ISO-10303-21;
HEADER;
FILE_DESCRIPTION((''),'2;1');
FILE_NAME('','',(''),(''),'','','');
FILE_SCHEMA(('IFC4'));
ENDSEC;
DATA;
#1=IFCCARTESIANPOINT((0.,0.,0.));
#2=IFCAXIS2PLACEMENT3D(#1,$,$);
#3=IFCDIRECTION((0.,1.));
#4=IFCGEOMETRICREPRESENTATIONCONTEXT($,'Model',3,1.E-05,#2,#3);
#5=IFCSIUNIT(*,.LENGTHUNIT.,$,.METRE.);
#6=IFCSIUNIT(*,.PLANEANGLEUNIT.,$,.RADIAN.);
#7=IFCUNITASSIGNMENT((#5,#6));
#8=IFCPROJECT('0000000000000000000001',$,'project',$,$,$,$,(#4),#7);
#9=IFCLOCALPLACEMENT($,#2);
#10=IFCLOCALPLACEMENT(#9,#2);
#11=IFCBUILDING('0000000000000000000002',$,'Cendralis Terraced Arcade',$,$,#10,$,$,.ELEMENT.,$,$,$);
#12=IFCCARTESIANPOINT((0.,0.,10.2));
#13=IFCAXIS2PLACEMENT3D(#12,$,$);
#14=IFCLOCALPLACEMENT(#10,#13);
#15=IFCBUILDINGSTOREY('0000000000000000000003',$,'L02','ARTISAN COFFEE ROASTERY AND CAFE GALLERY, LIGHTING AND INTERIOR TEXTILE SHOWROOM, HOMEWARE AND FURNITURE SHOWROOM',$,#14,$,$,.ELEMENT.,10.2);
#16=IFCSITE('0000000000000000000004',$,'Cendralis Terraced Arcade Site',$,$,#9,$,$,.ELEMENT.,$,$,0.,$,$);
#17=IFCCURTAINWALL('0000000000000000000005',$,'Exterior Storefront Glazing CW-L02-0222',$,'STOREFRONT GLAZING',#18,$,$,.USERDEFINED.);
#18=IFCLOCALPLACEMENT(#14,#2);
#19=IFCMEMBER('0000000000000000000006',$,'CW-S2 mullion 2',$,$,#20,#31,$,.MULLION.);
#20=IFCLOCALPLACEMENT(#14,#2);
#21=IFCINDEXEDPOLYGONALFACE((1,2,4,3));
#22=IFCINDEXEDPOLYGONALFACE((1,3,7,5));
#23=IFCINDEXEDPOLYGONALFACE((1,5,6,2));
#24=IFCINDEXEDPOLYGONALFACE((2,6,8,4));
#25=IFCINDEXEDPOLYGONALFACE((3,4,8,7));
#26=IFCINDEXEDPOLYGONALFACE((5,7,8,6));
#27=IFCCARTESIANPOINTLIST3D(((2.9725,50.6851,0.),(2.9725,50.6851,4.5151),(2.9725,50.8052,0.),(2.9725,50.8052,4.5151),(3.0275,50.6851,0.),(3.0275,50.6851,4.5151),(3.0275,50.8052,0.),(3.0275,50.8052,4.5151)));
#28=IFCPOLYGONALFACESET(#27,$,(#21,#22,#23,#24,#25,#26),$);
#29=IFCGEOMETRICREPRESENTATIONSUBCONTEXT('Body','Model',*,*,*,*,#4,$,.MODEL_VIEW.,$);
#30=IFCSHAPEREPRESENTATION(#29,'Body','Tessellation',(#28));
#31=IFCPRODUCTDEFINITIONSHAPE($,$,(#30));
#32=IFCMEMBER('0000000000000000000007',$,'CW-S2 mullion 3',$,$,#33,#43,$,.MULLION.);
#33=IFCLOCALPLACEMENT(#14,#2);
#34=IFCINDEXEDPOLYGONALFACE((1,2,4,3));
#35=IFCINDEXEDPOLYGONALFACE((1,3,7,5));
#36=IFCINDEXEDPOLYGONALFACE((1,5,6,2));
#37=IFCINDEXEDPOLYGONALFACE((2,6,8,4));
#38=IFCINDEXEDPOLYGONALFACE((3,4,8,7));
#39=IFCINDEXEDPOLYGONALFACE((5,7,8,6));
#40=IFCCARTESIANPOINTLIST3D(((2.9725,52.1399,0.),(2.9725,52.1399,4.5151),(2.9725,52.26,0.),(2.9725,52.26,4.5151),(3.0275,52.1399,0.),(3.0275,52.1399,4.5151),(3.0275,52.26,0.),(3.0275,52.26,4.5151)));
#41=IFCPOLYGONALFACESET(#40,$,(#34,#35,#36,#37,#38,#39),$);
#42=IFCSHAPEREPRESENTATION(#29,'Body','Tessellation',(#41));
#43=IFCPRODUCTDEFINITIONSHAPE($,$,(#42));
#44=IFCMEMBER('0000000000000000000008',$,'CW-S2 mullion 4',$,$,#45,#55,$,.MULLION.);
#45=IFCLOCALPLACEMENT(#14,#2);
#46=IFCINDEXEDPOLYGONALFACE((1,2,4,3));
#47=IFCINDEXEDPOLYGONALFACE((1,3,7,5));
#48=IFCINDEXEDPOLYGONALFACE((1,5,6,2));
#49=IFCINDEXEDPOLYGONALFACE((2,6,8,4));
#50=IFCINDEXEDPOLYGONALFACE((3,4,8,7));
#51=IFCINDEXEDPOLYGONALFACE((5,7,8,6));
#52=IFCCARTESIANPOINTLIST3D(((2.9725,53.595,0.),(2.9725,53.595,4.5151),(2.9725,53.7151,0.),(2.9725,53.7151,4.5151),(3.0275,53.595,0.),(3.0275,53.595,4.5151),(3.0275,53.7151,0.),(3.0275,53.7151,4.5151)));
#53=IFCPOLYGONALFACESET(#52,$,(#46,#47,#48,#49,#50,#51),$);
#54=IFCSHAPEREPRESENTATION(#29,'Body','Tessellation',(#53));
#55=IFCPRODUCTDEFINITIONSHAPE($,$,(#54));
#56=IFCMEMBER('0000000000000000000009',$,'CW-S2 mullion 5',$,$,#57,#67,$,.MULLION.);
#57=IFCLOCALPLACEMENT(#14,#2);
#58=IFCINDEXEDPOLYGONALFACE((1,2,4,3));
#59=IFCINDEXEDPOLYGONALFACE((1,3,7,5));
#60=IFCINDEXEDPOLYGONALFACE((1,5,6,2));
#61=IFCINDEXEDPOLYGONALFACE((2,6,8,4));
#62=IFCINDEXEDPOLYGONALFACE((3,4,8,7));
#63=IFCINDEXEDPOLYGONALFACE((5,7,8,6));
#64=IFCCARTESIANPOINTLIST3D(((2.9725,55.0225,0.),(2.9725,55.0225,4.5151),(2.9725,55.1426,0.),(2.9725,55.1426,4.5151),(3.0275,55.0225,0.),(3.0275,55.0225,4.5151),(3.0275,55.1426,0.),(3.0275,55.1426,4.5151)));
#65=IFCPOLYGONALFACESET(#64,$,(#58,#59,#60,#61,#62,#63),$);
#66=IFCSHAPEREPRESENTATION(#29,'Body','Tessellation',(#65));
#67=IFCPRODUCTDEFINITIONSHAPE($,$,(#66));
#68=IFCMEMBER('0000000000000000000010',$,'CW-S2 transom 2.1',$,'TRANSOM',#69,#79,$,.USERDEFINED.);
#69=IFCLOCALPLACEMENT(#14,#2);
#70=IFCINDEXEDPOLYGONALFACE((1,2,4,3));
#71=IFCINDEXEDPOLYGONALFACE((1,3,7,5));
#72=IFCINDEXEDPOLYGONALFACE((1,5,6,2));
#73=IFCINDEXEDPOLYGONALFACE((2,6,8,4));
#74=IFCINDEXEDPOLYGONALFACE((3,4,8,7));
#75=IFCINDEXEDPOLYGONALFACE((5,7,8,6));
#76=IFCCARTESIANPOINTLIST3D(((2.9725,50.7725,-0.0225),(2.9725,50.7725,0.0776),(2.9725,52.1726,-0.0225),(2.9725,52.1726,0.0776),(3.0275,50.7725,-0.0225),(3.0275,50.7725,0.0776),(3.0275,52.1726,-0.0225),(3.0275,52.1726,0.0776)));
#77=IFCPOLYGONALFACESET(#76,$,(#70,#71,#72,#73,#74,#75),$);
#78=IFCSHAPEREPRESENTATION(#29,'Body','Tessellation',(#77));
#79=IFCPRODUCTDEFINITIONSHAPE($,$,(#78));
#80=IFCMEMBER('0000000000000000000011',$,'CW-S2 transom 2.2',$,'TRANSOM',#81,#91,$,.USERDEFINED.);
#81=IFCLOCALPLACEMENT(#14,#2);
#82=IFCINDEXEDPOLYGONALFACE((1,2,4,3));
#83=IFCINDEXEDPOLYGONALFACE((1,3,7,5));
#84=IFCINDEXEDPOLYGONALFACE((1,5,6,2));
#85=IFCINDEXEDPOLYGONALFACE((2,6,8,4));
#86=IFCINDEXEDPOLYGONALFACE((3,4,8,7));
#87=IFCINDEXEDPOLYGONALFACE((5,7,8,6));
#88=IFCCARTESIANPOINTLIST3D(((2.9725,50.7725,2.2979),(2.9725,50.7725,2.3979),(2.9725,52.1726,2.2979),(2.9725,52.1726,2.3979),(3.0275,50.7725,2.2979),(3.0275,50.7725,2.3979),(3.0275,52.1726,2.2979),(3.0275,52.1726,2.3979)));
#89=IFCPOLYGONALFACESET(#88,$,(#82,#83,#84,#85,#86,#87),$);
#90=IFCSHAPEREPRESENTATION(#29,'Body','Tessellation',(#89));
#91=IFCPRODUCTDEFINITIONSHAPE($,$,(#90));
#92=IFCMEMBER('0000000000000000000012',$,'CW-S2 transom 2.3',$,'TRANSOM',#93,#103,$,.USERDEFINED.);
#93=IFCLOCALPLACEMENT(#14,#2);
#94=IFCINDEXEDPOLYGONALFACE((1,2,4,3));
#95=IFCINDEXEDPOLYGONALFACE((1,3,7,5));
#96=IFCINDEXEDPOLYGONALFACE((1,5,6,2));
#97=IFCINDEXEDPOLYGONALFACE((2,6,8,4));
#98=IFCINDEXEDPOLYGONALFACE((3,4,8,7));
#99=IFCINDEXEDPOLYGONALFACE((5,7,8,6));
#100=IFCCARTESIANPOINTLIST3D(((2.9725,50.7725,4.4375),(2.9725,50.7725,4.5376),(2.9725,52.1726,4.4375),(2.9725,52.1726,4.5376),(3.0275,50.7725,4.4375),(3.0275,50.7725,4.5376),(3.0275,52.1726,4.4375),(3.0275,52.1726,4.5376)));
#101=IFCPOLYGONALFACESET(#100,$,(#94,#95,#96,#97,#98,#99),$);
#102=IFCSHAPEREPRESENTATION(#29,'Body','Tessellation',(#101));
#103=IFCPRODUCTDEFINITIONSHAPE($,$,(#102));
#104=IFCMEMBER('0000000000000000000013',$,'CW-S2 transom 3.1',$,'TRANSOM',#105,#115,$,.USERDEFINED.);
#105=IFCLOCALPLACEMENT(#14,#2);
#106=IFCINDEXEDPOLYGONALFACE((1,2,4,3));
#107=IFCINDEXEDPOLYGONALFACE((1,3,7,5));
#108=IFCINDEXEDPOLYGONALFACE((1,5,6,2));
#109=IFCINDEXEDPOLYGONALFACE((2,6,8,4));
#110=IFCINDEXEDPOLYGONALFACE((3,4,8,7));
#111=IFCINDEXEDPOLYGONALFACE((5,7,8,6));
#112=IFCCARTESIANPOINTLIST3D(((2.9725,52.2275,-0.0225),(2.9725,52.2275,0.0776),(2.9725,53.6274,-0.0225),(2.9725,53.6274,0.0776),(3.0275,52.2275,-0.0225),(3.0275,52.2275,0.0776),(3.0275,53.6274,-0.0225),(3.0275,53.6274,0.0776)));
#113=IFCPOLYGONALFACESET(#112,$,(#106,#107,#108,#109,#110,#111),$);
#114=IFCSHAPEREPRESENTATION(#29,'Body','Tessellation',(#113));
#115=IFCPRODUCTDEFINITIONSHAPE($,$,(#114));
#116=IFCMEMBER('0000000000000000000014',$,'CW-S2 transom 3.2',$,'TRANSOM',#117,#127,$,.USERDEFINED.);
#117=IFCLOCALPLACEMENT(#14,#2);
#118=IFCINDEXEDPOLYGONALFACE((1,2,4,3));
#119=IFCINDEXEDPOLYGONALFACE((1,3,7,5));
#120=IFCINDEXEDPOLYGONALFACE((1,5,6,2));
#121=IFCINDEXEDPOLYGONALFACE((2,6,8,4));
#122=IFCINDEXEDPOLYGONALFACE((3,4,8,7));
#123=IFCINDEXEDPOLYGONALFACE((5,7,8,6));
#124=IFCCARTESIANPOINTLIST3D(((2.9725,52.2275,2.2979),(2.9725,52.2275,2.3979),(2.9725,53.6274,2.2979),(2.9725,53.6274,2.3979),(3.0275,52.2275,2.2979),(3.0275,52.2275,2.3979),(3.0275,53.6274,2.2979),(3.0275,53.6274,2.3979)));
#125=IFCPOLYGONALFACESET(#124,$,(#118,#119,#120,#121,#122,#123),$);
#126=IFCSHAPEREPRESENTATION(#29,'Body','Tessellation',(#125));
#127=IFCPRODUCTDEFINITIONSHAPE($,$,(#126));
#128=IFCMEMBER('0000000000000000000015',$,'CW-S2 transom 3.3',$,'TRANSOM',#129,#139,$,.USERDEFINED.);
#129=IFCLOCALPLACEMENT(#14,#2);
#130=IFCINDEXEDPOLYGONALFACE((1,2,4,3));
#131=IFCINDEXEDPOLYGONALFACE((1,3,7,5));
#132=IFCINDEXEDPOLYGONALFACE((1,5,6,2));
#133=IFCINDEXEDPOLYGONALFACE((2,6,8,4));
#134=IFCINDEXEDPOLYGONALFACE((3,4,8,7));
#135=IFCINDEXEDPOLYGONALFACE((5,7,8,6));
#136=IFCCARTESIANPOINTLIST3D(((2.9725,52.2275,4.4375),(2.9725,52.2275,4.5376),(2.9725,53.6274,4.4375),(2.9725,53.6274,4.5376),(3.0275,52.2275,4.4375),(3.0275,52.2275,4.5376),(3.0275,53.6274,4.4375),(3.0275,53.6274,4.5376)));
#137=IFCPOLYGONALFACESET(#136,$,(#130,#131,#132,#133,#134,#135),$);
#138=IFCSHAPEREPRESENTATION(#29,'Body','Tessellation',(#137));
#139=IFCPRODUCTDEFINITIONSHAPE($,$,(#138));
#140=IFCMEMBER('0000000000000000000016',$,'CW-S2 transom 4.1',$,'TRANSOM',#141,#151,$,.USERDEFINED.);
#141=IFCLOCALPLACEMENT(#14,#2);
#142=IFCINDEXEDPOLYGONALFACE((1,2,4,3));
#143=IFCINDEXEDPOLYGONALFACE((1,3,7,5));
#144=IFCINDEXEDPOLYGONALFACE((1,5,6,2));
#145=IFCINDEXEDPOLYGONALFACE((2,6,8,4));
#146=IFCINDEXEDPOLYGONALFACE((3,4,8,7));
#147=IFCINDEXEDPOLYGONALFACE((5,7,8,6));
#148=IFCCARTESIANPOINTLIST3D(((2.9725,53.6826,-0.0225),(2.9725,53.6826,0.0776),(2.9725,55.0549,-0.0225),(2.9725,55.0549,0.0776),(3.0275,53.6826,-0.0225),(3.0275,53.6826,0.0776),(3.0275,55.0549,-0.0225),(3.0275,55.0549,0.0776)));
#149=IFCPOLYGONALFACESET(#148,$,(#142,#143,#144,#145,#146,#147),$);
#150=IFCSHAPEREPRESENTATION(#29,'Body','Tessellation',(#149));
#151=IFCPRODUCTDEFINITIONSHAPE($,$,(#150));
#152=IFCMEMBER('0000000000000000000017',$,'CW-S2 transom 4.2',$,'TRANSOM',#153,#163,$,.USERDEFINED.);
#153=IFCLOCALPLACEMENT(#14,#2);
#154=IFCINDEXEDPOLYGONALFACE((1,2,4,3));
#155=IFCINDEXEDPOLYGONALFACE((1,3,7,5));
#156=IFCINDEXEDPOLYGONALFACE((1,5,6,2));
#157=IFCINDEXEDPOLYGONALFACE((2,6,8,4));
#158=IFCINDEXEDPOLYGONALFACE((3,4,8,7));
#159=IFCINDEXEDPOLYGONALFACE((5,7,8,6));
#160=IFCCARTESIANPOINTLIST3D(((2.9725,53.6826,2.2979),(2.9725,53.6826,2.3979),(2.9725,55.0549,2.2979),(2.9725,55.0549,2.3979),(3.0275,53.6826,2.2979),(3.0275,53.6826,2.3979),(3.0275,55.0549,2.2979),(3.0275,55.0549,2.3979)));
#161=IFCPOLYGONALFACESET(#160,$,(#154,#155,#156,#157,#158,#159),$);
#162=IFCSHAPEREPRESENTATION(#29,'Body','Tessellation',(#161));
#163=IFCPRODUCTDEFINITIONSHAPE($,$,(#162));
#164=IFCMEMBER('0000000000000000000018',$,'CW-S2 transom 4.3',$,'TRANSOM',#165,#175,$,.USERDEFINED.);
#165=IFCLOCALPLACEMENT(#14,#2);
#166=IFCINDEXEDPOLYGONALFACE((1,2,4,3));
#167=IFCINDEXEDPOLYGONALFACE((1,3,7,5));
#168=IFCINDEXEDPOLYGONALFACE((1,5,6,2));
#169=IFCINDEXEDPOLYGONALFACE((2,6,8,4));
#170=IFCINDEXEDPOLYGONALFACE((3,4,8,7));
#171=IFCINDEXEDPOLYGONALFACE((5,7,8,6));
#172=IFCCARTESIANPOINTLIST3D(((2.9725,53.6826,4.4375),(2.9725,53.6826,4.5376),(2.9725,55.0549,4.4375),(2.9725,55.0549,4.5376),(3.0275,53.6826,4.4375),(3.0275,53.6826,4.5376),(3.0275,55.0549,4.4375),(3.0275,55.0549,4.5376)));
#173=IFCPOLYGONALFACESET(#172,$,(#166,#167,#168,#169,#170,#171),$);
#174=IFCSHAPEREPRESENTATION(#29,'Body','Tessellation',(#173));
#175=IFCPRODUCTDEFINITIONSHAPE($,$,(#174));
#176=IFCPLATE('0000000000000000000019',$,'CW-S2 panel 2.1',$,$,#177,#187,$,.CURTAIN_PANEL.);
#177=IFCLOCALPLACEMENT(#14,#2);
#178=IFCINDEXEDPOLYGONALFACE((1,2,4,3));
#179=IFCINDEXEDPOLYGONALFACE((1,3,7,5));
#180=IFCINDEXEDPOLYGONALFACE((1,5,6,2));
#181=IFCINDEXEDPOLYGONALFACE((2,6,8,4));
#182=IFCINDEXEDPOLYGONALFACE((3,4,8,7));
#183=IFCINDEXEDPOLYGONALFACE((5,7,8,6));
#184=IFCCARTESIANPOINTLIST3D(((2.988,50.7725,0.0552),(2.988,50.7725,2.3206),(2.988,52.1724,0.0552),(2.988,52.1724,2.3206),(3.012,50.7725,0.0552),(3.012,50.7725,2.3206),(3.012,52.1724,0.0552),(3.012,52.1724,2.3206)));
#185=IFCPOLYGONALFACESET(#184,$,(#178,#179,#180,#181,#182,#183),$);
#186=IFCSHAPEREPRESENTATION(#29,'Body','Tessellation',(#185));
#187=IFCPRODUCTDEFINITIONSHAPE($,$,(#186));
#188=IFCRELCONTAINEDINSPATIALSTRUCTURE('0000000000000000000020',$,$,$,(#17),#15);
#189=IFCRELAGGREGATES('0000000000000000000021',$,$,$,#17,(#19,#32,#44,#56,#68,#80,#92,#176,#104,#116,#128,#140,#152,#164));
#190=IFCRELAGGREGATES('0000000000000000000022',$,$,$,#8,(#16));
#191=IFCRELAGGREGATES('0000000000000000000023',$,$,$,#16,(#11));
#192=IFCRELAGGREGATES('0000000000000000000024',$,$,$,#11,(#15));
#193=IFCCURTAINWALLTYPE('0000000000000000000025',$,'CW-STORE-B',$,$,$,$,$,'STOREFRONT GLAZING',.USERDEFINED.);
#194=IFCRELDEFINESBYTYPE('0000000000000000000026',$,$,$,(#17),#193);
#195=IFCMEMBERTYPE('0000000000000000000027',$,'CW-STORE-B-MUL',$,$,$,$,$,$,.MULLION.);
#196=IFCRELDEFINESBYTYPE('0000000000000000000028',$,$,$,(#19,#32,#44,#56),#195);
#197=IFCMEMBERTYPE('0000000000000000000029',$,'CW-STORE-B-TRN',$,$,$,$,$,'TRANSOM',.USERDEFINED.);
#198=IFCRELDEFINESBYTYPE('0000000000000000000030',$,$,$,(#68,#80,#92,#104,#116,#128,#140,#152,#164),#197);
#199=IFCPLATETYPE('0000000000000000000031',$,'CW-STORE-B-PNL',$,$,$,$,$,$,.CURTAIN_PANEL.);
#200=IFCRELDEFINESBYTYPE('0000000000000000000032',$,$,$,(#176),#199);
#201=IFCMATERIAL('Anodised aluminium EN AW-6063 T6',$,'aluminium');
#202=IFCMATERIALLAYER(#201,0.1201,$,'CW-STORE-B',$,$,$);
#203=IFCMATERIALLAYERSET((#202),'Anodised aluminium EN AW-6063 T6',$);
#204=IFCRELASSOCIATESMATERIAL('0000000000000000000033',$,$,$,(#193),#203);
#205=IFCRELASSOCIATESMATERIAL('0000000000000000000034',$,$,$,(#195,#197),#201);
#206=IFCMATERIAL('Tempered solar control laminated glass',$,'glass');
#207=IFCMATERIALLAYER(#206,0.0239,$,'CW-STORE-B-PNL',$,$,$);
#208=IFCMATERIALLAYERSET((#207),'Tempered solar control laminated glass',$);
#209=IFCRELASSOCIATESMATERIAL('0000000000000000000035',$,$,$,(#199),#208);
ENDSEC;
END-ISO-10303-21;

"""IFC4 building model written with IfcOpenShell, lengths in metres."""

from ifc_helpers import new_model, si_unit, direction, frame, origin, origin_2d, place, context, subcontext, project, spatial, rectangle, extrude, material, layer, layer_set, material_profile, profile_set, type_object, element, aggregate, save


model = new_model("IFC4")

# Units and contexts
model_context = context("Model", 3, precision=1e-05, world=origin(), true_north=direction((0.0, 1.0)))
body_context = subcontext(model_context, "Body", "Model", "MODEL_VIEW")
ifc_project = project(units=[si_unit("LENGTHUNIT", "METRE"), si_unit("PLANEANGLEUNIT", "RADIAN")], contexts=[model_context])

# Site, building, storey
site_placement = place(None, origin())
site = spatial("IfcSite", under=ifc_project, at=site_placement, Name="Cendralis Terraced Arcade Site", CompositionType="ELEMENT", RefElevation=0.0)
building_placement = place(site_placement, origin())
building = spatial("IfcBuilding", under=site, at=building_placement, Name="Cendralis Terraced Arcade", CompositionType="ELEMENT")
storey_placement = place(building_placement, frame((0.0, 0.0, 10.2)))
storey = spatial("IfcBuildingStorey", under=building, at=storey_placement, Name="L02", Description="ARTISAN COFFEE ROASTERY AND CAFE GALLERY, LIGHTING AND INTERIOR TEXTILE SHOWROOM, HOMEWARE AND FURNITURE SHOWROOM", CompositionType="ELEMENT", Elevation=10.2)

# Curtain wall, members, plate
ifc_material_1 = material(Name="Anodised aluminium EN AW-6063 T6", Category="aluminium")
ifc_layer_1 = layer(ifc_material_1, 0.1201, Name="CW-STORE-B")
ifc_layer_set_1 = layer_set([ifc_layer_1], Name="Anodised aluminium EN AW-6063 T6")
curtain_wall_type = type_object("IfcCurtainWallType", Name="CW-STORE-B", ElementType="STOREFRONT GLAZING", PredefinedType="USERDEFINED", material=ifc_layer_set_1)
curtain_wall_placement = place(storey_placement, origin())
curtain_wall = element("IfcCurtainWall", 1, at=curtain_wall_placement, inside=storey, type_object=curtain_wall_type, Name="Exterior Storefront Glazing CW-L02-0222", ObjectType="STOREFRONT GLAZING", PredefinedType="USERDEFINED")
ifc_material_profile_1 = material_profile(ifc_material_1, rectangle(XDim=0.0549, YDim=0.1201, at=origin_2d()), Name="ALU-MUL-55x120")
ifc_profile_set_1 = profile_set([ifc_material_profile_1], Name="Anodised aluminium EN AW-6063 T6")
member_type_1 = type_object("IfcMemberType", Name="CW-STORE-B-MUL", PredefinedType="MULLION", material=ifc_profile_set_1)
member_1_placement = place(storey_placement, frame((3.0, 50.7451, 0.0), z_axis=(0.0, 0.0, 1.0), x_axis=(-1.0, 0.0, 0.0)))
member_1 = element("IfcMember", 2, at=member_1_placement, type_object=member_type_1, Name="CW-S2 mullion 2", PredefinedType="MULLION", context=body_context, shape_type="SweptSolid", body=[
    extrude(rectangle(XDim=0.0549, YDim=0.1201, at=origin_2d()), origin(), (0.0, 0.0, 1.0), 4.5151),
])
member_2_placement = place(storey_placement, frame((3.0, 52.2, 0.0), z_axis=(0.0, 0.0, 1.0), x_axis=(-1.0, 0.0, 0.0)))
member_2 = element("IfcMember", 3, at=member_2_placement, type_object=member_type_1, Name="CW-S2 mullion 3", PredefinedType="MULLION", context=body_context, shape_type="SweptSolid", body=[
    extrude(rectangle(XDim=0.0549, YDim=0.1201, at=origin_2d()), origin(), (0.0, 0.0, 1.0), 4.5151),
])
member_3_placement = place(storey_placement, frame((3.0, 53.655, 0.0), z_axis=(0.0, 0.0, 1.0), x_axis=(-1.0, 0.0, 0.0)))
member_3 = element("IfcMember", 4, at=member_3_placement, type_object=member_type_1, Name="CW-S2 mullion 4", PredefinedType="MULLION", context=body_context, shape_type="SweptSolid", body=[
    extrude(rectangle(XDim=0.0549, YDim=0.1201, at=origin_2d()), origin(), (0.0, 0.0, 1.0), 4.5151),
])
member_4_placement = place(storey_placement, frame((3.0, 55.0825, 0.0), z_axis=(0.0, 0.0, 1.0), x_axis=(-1.0, 0.0, 0.0)))
member_4 = element("IfcMember", 5, at=member_4_placement, type_object=member_type_1, Name="CW-S2 mullion 5", PredefinedType="MULLION", context=body_context, shape_type="SweptSolid", body=[
    extrude(rectangle(XDim=0.0549, YDim=0.1201, at=origin_2d()), origin(), (0.0, 0.0, 1.0), 4.5151),
])
ifc_material_profile_2 = material_profile(ifc_material_1, rectangle(XDim=0.0549, YDim=0.1001, at=origin_2d()), Name="ALU-TRN-55x100")
ifc_profile_set_2 = profile_set([ifc_material_profile_2], Name="Anodised aluminium EN AW-6063 T6")
member_type_2 = type_object("IfcMemberType", Name="CW-STORE-B-TRN", ElementType="TRANSOM", PredefinedType="USERDEFINED", material=ifc_profile_set_2)
member_5_placement = place(storey_placement, frame((3.0, 50.7725, 0.0276), z_axis=(0.0, 1.0, 0.0), x_axis=(-1.0, 0.0, 0.0)))
member_5 = element("IfcMember", 6, at=member_5_placement, type_object=member_type_2, Name="CW-S2 transom 2.1", ObjectType="TRANSOM", PredefinedType="USERDEFINED", context=body_context, shape_type="SweptSolid", body=[
    extrude(rectangle(XDim=0.0549, YDim=0.1001, at=origin_2d()), origin(), (0.0, 0.0, 1.0), 1.4001),
])
member_6_placement = place(storey_placement, frame((3.0, 50.7725, 2.3479), z_axis=(0.0, 1.0, 0.0), x_axis=(-1.0, 0.0, 0.0)))
member_6 = element("IfcMember", 7, at=member_6_placement, type_object=member_type_2, Name="CW-S2 transom 2.2", ObjectType="TRANSOM", PredefinedType="USERDEFINED", context=body_context, shape_type="SweptSolid", body=[
    extrude(rectangle(XDim=0.0549, YDim=0.1001, at=origin_2d()), origin(), (0.0, 0.0, 1.0), 1.4001),
])
member_7_placement = place(storey_placement, frame((3.0, 50.7725, 4.4875), z_axis=(0.0, 1.0, 0.0), x_axis=(-1.0, 0.0, 0.0)))
member_7 = element("IfcMember", 8, at=member_7_placement, type_object=member_type_2, Name="CW-S2 transom 2.3", ObjectType="TRANSOM", PredefinedType="USERDEFINED", context=body_context, shape_type="SweptSolid", body=[
    extrude(rectangle(XDim=0.0549, YDim=0.1001, at=origin_2d()), origin(), (0.0, 0.0, 1.0), 1.4001),
])
member_8_placement = place(storey_placement, frame((3.0, 52.2275, 0.0276), z_axis=(0.0, 1.0, 0.0), x_axis=(-1.0, 0.0, 0.0)))
member_8 = element("IfcMember", 9, at=member_8_placement, type_object=member_type_2, Name="CW-S2 transom 3.1", ObjectType="TRANSOM", PredefinedType="USERDEFINED", context=body_context, shape_type="SweptSolid", body=[
    extrude(rectangle(XDim=0.0549, YDim=0.1001, at=origin_2d()), origin(), (0.0, 0.0, 1.0), 1.3999),
])
member_9_placement = place(storey_placement, frame((3.0, 52.2275, 2.3479), z_axis=(0.0, 1.0, 0.0), x_axis=(-1.0, 0.0, 0.0)))
member_9 = element("IfcMember", 10, at=member_9_placement, type_object=member_type_2, Name="CW-S2 transom 3.2", ObjectType="TRANSOM", PredefinedType="USERDEFINED", context=body_context, shape_type="SweptSolid", body=[
    extrude(rectangle(XDim=0.0549, YDim=0.1001, at=origin_2d()), origin(), (0.0, 0.0, 1.0), 1.3999),
])
member_10_placement = place(storey_placement, frame((3.0, 52.2275, 4.4875), z_axis=(0.0, 1.0, 0.0), x_axis=(-1.0, 0.0, 0.0)))
member_10 = element("IfcMember", 11, at=member_10_placement, type_object=member_type_2, Name="CW-S2 transom 3.3", ObjectType="TRANSOM", PredefinedType="USERDEFINED", context=body_context, shape_type="SweptSolid", body=[
    extrude(rectangle(XDim=0.0549, YDim=0.1001, at=origin_2d()), origin(), (0.0, 0.0, 1.0), 1.3999),
])
member_11_placement = place(storey_placement, frame((3.0, 53.6826, 0.0276), z_axis=(0.0, 1.0, 0.0), x_axis=(-1.0, 0.0, 0.0)))
member_11 = element("IfcMember", 12, at=member_11_placement, type_object=member_type_2, Name="CW-S2 transom 4.1", ObjectType="TRANSOM", PredefinedType="USERDEFINED", context=body_context, shape_type="SweptSolid", body=[
    extrude(rectangle(XDim=0.0549, YDim=0.1001, at=origin_2d()), origin(), (0.0, 0.0, 1.0), 1.3723),
])
member_12_placement = place(storey_placement, frame((3.0, 53.6826, 2.3479), z_axis=(0.0, 1.0, 0.0), x_axis=(-1.0, 0.0, 0.0)))
member_12 = element("IfcMember", 13, at=member_12_placement, type_object=member_type_2, Name="CW-S2 transom 4.2", ObjectType="TRANSOM", PredefinedType="USERDEFINED", context=body_context, shape_type="SweptSolid", body=[
    extrude(rectangle(XDim=0.0549, YDim=0.1001, at=origin_2d()), origin(), (0.0, 0.0, 1.0), 1.3723),
])
member_13_placement = place(storey_placement, frame((3.0, 53.6826, 4.4875), z_axis=(0.0, 1.0, 0.0), x_axis=(-1.0, 0.0, 0.0)))
member_13 = element("IfcMember", 14, at=member_13_placement, type_object=member_type_2, Name="CW-S2 transom 4.3", ObjectType="TRANSOM", PredefinedType="USERDEFINED", context=body_context, shape_type="SweptSolid", body=[
    extrude(rectangle(XDim=0.0549, YDim=0.1001, at=origin_2d()), origin(), (0.0, 0.0, 1.0), 1.3723),
])
ifc_material_2 = material(Name="Tempered solar control laminated glass", Category="glass")
ifc_layer_2 = layer(ifc_material_2, 0.0239, Name="CW-STORE-B-PNL")
ifc_layer_set_2 = layer_set([ifc_layer_2], Name="Tempered solar control laminated glass")
plate_type = type_object("IfcPlateType", Name="CW-STORE-B-PNL", PredefinedType="CURTAIN_PANEL", material=ifc_layer_set_2)
plate_1_placement = place(storey_placement, frame((3.0, 51.4724, 0.0552), z_axis=(0.0, 0.0, 1.0), x_axis=(0.0, 1.0, 0.0)))
plate_1 = element("IfcPlate", 15, at=plate_1_placement, type_object=plate_type, Name="CW-S2 panel 2.1", PredefinedType="CURTAIN_PANEL", context=body_context, shape_type="SweptSolid", body=[
    extrude(rectangle(XDim=1.3999, YDim=0.0239, at=origin_2d()), origin(), (0.0, 0.0, 1.0), 2.2654),
])
aggregate(curtain_wall, [member_1, member_2, member_3, member_4, member_5, member_6, member_7, plate_1, member_8, member_9, member_10, member_11, member_12, member_13])

save(model, "model.ifc")
